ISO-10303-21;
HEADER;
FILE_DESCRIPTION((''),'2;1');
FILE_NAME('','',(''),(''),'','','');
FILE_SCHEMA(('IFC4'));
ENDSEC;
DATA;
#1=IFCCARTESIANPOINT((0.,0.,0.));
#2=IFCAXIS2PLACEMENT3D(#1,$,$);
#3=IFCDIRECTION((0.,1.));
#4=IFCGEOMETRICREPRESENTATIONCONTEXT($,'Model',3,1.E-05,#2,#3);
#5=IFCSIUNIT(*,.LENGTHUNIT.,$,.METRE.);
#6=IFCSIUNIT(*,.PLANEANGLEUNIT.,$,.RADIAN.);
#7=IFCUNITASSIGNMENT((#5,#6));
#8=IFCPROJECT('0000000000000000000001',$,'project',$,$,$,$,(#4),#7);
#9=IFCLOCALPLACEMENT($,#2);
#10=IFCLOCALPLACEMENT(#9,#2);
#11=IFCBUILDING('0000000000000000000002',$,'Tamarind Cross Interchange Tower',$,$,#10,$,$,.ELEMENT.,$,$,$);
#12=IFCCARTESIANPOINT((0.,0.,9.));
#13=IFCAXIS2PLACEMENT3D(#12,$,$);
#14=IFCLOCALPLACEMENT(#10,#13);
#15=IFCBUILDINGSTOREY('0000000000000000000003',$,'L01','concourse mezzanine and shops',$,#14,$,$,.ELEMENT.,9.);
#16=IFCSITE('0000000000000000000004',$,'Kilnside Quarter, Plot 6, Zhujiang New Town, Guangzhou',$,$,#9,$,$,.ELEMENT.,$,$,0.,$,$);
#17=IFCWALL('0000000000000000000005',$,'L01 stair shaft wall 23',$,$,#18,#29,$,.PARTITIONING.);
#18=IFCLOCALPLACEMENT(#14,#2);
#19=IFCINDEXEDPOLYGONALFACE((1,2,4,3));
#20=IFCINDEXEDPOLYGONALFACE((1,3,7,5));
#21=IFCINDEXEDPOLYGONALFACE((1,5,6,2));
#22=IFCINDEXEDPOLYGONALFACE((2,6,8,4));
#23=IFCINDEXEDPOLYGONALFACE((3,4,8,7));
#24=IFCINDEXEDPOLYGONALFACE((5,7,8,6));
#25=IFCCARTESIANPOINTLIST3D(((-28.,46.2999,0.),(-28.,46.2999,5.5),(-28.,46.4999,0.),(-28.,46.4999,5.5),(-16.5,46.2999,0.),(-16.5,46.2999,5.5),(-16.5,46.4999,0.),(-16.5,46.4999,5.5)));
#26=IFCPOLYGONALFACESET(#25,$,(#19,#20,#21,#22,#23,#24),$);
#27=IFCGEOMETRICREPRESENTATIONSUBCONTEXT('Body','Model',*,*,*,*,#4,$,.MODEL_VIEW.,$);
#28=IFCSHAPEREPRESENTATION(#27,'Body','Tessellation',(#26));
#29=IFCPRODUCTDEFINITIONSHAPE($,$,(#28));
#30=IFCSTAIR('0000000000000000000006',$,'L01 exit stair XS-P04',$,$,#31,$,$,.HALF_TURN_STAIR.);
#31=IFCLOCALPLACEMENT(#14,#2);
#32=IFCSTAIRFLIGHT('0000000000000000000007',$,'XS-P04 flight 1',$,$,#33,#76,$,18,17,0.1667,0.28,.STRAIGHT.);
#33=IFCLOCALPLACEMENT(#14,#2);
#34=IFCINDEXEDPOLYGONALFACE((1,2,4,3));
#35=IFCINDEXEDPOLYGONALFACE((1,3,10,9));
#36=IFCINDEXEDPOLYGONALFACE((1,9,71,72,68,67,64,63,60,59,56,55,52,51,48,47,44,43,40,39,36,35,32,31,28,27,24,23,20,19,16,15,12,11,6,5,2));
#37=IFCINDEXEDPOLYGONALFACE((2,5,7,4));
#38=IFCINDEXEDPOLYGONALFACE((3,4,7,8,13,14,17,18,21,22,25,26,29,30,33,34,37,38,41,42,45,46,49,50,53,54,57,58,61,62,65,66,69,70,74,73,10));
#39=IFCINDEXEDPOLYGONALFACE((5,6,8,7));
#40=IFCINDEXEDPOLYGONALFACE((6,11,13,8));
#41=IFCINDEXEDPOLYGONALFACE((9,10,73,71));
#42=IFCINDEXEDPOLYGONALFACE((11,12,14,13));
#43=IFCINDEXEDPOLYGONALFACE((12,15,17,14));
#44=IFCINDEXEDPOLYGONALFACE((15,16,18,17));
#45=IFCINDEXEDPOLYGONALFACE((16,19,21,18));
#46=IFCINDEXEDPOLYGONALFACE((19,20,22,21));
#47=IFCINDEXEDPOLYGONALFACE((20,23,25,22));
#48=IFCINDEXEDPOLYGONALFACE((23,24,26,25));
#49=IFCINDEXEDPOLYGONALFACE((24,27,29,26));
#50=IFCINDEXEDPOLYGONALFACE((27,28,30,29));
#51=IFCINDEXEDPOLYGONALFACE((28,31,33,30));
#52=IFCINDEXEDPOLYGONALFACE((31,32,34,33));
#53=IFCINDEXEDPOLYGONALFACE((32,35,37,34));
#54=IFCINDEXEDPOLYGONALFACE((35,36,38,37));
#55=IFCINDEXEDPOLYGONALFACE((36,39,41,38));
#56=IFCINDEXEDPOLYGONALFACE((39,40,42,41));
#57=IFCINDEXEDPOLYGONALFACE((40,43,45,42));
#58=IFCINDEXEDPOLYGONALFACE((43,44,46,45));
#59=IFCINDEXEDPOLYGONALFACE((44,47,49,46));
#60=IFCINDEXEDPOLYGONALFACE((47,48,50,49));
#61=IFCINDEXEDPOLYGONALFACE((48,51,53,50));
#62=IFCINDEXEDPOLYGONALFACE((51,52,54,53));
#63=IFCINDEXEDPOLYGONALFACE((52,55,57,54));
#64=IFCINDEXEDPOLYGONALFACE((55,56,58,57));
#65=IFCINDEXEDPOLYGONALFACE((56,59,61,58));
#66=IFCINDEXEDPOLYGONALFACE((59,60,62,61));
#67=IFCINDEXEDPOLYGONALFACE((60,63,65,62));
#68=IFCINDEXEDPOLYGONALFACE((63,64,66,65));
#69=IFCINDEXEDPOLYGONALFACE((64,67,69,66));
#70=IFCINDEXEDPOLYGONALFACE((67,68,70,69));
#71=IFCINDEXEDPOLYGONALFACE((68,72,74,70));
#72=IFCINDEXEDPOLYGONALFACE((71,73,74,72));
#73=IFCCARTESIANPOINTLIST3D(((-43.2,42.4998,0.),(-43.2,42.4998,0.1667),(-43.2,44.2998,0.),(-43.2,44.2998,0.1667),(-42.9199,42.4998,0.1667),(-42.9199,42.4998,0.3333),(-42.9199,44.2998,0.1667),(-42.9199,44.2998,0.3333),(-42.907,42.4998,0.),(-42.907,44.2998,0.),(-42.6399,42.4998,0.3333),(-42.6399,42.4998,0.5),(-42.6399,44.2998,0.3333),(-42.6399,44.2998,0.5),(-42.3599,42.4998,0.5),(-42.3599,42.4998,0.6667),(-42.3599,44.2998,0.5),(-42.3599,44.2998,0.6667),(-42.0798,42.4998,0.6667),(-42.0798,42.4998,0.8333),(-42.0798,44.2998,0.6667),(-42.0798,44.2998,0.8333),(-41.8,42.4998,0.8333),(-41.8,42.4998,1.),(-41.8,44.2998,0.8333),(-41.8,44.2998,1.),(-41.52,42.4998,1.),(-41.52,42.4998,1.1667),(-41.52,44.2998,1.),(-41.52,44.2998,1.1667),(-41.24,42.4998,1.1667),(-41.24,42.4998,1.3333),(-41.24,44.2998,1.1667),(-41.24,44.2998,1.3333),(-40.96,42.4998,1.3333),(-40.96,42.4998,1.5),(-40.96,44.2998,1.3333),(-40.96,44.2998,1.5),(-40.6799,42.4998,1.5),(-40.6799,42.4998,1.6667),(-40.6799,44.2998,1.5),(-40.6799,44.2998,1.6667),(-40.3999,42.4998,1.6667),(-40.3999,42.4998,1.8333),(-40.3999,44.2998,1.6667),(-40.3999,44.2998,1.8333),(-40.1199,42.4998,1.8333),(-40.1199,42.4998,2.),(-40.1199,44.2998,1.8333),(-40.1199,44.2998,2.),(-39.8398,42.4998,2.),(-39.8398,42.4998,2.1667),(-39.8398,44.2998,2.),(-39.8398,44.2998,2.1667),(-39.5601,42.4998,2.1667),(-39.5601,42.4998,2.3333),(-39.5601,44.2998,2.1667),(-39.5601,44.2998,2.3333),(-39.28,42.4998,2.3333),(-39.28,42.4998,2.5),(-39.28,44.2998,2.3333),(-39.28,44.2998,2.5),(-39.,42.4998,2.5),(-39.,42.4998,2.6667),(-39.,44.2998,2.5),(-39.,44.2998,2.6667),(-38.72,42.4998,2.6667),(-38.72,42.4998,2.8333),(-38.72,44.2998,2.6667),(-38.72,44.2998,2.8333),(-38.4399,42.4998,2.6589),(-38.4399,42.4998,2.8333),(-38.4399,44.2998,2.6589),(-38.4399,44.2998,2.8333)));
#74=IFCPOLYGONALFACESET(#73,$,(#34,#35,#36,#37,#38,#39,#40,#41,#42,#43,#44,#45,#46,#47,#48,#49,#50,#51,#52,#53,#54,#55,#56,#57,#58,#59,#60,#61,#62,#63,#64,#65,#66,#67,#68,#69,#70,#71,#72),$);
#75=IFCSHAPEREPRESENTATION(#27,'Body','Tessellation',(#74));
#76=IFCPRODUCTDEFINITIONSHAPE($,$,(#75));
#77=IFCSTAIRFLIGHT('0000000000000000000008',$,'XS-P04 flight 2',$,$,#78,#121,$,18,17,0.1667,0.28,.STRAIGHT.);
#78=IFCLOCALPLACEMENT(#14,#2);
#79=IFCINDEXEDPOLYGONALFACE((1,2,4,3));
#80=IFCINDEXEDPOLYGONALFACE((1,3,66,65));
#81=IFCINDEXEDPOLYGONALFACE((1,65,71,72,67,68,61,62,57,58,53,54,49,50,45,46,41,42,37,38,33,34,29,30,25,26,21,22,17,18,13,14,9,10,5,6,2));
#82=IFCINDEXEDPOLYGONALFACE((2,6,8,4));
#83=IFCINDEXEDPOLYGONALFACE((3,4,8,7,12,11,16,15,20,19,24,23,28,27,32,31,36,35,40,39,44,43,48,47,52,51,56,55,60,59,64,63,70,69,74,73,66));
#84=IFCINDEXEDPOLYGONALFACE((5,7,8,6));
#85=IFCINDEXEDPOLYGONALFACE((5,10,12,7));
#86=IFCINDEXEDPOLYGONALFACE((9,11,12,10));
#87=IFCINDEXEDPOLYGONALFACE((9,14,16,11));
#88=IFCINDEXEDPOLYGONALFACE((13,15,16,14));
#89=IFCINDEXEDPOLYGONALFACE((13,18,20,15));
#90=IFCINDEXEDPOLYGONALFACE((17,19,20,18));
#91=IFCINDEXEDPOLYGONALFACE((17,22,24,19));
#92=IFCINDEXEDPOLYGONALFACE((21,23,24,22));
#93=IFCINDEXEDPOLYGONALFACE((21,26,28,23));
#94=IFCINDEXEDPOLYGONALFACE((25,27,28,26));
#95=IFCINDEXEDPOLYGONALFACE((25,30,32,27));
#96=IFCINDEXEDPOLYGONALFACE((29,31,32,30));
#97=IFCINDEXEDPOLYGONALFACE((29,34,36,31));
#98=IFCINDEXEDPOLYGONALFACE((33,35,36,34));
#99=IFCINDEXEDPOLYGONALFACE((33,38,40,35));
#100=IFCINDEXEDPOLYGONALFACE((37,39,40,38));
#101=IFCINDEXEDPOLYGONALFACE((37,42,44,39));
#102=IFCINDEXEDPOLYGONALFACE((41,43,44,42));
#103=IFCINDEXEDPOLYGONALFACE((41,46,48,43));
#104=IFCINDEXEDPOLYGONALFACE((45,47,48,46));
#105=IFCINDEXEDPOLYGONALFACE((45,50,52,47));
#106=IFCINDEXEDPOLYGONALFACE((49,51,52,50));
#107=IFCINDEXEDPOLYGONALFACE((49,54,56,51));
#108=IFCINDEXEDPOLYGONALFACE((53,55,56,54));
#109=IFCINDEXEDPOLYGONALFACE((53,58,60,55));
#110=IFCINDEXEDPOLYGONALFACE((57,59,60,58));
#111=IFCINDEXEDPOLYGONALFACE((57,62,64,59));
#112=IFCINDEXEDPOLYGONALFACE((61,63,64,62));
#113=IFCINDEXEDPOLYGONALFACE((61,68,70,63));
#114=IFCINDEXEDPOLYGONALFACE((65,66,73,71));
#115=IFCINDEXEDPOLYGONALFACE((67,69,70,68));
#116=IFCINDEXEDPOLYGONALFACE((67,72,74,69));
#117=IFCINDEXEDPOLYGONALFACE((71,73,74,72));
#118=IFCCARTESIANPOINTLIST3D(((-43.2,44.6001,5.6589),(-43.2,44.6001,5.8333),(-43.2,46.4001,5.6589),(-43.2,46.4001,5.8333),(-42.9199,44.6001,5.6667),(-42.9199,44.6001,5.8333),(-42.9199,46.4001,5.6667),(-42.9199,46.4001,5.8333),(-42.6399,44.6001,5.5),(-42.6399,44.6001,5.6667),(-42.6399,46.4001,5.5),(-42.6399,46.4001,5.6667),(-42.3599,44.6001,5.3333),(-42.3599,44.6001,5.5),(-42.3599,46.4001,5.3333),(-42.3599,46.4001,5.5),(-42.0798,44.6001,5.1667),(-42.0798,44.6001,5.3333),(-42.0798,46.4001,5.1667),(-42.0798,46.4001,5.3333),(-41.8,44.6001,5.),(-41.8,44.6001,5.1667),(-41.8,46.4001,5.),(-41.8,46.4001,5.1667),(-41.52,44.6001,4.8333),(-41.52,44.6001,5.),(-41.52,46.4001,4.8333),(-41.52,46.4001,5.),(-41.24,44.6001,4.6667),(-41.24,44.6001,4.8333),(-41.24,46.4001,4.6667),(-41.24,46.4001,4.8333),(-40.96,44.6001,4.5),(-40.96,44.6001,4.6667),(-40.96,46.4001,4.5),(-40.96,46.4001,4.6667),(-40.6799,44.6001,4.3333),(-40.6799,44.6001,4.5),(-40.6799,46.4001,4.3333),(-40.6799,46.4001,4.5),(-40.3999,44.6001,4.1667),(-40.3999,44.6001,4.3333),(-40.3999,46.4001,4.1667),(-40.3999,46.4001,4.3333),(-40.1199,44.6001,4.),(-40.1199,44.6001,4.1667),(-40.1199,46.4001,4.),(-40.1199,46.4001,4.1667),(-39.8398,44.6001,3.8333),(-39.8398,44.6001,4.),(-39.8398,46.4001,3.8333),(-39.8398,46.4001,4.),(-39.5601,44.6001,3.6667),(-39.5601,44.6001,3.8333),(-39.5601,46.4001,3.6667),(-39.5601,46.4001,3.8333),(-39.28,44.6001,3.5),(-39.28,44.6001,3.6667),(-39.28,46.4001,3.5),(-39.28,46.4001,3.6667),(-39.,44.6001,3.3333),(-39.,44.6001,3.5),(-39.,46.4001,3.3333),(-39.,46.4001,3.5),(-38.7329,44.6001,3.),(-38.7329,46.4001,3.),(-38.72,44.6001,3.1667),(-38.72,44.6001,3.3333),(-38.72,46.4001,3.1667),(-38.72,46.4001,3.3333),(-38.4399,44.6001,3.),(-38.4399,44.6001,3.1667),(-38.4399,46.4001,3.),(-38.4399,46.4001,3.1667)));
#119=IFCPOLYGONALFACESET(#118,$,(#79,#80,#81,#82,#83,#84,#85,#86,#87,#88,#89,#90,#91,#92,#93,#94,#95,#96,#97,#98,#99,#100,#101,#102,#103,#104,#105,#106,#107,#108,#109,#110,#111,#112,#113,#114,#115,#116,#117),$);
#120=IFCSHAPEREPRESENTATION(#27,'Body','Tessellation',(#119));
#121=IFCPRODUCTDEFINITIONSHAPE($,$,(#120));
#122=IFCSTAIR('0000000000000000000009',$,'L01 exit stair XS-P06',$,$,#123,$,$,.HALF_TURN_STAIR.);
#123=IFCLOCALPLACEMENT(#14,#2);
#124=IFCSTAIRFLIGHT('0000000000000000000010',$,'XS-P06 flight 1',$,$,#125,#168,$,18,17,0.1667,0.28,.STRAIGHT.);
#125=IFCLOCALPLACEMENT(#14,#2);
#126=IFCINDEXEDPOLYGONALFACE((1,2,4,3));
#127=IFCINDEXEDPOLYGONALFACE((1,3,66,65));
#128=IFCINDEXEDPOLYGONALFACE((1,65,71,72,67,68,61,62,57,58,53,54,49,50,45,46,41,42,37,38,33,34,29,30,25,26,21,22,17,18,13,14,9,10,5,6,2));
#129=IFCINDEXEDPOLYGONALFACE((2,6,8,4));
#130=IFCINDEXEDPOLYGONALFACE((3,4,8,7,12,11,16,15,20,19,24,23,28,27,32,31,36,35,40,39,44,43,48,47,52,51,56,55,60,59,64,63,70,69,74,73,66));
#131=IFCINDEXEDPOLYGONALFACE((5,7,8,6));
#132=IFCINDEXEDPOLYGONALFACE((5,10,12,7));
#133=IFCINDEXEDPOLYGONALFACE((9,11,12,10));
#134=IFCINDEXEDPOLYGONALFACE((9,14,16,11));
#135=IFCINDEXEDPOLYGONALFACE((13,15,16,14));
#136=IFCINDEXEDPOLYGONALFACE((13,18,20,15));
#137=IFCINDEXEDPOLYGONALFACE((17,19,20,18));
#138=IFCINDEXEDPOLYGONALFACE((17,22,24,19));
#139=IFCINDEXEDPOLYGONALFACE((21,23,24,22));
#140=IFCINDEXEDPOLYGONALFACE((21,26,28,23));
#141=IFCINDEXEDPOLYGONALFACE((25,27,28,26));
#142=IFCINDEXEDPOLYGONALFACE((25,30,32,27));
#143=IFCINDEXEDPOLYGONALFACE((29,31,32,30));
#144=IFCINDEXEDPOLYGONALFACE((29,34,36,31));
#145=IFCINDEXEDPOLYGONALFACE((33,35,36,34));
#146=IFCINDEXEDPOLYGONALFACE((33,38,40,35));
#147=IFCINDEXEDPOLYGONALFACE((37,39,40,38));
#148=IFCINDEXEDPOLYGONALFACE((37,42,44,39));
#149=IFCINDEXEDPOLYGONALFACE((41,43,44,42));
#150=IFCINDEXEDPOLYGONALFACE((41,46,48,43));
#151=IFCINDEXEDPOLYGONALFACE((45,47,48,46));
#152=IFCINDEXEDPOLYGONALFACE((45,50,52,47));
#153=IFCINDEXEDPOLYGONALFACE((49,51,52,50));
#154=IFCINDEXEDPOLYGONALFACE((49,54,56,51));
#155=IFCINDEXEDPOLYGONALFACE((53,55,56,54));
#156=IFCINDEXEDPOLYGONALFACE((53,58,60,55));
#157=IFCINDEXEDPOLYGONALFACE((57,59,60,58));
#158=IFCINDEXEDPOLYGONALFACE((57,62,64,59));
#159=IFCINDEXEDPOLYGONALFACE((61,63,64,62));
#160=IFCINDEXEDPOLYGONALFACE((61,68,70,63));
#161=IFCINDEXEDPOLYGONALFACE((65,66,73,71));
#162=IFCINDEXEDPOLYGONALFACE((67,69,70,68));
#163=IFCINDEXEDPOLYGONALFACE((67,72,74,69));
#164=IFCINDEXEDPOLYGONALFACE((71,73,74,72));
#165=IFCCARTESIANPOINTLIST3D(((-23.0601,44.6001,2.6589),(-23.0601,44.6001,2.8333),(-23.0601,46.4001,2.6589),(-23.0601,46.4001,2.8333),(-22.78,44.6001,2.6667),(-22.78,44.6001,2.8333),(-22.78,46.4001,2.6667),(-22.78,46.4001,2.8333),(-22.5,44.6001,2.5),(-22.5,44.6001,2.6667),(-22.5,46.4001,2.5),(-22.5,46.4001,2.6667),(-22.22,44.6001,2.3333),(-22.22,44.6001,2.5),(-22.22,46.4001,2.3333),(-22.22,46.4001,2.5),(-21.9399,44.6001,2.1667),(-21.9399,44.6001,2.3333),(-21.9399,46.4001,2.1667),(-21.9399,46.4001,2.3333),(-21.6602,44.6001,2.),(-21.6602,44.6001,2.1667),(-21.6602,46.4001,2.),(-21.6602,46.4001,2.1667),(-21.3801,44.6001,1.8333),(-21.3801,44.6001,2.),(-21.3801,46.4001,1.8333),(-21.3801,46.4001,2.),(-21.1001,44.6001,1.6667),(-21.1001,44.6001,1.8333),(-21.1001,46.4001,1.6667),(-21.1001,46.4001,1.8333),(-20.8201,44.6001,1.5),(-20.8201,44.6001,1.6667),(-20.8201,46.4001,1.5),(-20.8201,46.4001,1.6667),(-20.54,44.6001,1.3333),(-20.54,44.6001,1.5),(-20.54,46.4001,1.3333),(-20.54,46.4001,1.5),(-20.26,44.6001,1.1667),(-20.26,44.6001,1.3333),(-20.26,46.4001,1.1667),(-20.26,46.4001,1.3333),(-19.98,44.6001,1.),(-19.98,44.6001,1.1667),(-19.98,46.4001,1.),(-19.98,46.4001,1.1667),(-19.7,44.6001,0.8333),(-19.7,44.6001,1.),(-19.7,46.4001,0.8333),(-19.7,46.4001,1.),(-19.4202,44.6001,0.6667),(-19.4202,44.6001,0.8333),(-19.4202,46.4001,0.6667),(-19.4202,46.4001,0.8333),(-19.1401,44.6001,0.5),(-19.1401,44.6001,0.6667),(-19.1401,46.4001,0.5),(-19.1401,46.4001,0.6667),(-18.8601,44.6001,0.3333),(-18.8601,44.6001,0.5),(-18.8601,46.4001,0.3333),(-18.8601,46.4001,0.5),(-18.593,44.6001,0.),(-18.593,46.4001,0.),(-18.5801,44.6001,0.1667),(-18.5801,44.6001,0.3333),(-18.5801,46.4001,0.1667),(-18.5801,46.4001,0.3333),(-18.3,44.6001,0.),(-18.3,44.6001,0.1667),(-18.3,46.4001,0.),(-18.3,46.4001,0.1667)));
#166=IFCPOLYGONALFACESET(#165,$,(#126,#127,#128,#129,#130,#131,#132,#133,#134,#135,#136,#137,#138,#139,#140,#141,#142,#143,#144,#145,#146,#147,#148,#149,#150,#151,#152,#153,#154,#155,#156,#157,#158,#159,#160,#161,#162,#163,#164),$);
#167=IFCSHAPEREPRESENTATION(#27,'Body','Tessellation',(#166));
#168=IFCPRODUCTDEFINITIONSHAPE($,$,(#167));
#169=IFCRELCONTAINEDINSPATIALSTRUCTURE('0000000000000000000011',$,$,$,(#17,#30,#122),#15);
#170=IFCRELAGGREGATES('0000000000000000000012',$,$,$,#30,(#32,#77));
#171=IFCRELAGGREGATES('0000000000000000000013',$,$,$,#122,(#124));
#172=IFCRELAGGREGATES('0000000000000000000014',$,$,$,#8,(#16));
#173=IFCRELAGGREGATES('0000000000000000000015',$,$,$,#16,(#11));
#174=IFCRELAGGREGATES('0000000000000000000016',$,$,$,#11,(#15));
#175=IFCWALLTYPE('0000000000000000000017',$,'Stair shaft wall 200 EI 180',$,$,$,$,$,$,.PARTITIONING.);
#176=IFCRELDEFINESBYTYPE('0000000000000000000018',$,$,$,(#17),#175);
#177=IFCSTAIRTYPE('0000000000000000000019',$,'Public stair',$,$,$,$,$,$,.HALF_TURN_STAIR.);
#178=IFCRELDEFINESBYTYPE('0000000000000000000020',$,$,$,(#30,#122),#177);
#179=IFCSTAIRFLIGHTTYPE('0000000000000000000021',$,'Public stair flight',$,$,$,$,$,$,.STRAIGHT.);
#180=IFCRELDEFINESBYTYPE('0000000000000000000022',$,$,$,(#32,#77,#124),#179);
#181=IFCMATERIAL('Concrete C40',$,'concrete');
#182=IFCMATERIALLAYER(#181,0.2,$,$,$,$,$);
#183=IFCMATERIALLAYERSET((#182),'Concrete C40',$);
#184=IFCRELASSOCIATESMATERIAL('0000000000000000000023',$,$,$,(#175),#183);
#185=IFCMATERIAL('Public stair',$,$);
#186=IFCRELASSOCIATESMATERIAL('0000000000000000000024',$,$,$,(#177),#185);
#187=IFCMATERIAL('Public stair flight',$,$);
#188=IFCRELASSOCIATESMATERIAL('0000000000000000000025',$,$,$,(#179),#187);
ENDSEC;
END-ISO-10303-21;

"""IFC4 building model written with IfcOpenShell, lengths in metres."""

from ifc_helpers import new_model, si_unit, direction, frame, frame_2d, origin, place, context, subcontext, project, spatial, polyline, rectangle, outline, extrude, material, layer, layer_set, type_object, element, aggregate, save


model = new_model("IFC4")

# Units and contexts
model_context = context("Model", 3, precision=1e-05, world=origin(), true_north=direction((0.0, 1.0)))
body_context = subcontext(model_context, "Body", "Model", "MODEL_VIEW")
ifc_project = project(units=[si_unit("LENGTHUNIT", "METRE"), si_unit("PLANEANGLEUNIT", "RADIAN")], contexts=[model_context])

# Site, building, storey
site_placement = place(None, origin())
site = spatial("IfcSite", under=ifc_project, at=site_placement, Name="Kilnside Quarter, Plot 6, Zhujiang New Town, Guangzhou", CompositionType="ELEMENT", RefElevation=0.0)
building_placement = place(site_placement, origin())
building = spatial("IfcBuilding", under=site, at=building_placement, Name="Tamarind Cross Interchange Tower", CompositionType="ELEMENT")
storey_placement = place(building_placement, frame((0.0, 0.0, 9.0)))
storey = spatial("IfcBuildingStorey", under=building, at=storey_placement, Name="L01", Description="concourse mezzanine and shops", CompositionType="ELEMENT", Elevation=9.0)

# Wall
ifc_material_1 = material(Name="Concrete C40", Category="concrete")
ifc_layer_1 = layer(ifc_material_1, 0.2)
ifc_layer_set_1 = layer_set([ifc_layer_1], Name="Concrete C40")
wall_type_1 = type_object("IfcWallType", Name="Stair shaft wall 200 EI 180", PredefinedType="PARTITIONING", material=ifc_layer_set_1)
wall_1_placement = place(storey_placement, frame((-28.0, 46.3999, 0.0), z_axis=(0.0, 0.0, 1.0), x_axis=(1.0, 0.0, 0.0)))
element("IfcWall", 1, at=wall_1_placement, inside=storey, type_object=wall_type_1, Name="L01 stair shaft wall 23", PredefinedType="PARTITIONING", context=body_context, shape_type="SweptSolid", body=[
    extrude(rectangle(XDim=11.5, YDim=0.2, at=frame_2d((5.75, 0.0))), origin(), (0.0, 0.0, 1.0), 5.5),
])

# Stairs, stair flights
ifc_material_2 = material(Name="Public stair")
stair_type = type_object("IfcStairType", Name="Public stair", PredefinedType="HALF_TURN_STAIR", material=ifc_material_2)
stair_1_placement = place(storey_placement, origin())
stair_1 = element("IfcStair", 2, at=stair_1_placement, inside=storey, type_object=stair_type, Name="L01 exit stair XS-P04", PredefinedType="HALF_TURN_STAIR")
ifc_material_3 = material(Name="Public stair flight")
stair_flight_type = type_object("IfcStairFlightType", Name="Public stair flight", PredefinedType="STRAIGHT", material=ifc_material_3)
stair_flight_1_placement = place(storey_placement, frame((-43.2, 43.3999, 0.0), z_axis=(0.0, 0.0, 1.0), x_axis=(1.0, 0.0, 0.0)))
stair_flight_1 = element("IfcStairFlight", 3, at=stair_flight_1_placement, type_object=stair_flight_type, Name="XS-P04 flight 1", NumberOfRisers=18, NumberOfTreads=17, PredefinedType="STRAIGHT", RiserHeight=0.1667, TreadLength=0.28, context=body_context, shape_type="SweptSolid", body=[
    extrude(outline(polyline([(0.0, 0.0), (0.0, 0.1667), (0.28, 0.1667), (0.28, 0.3333), (0.5601, 0.3333), (0.5601, 0.5), (0.8401, 0.5), (0.8401, 0.6667), (1.1201, 0.6667), (1.1201, 0.8333), (1.3999, 0.8333), (1.3999, 1.0), (1.6799, 1.0), (1.6799, 1.1667), (1.96, 1.1667), (1.96, 1.3333), (2.24, 1.3333), (2.24, 1.5), (2.52, 1.5), (2.52, 1.6667), (2.8, 1.6667), (2.8, 1.8333), (3.0801, 1.8333), (3.0801, 2.0), (3.3601, 2.0), (3.3601, 2.1667), (3.6399, 2.1667), (3.6399, 2.3333), (3.9199, 2.3333), (3.9199, 2.5), (4.2, 2.5), (4.2, 2.6667), (4.48, 2.6667), (4.48, 2.8333), (4.76, 2.8333), (4.76, 3.0), (4.76, 2.6589), (0.293, 0.0), (0.0, 0.0)])), frame((0.0, 0.8999, 0.0), z_axis=(0.0, -1.0, 0.0), x_axis=(1.0, 0.0, 0.0)), (0.0, 0.0, 1.0), 1.8),
])
stair_flight_2_placement = place(storey_placement, frame((-38.4399, 45.5, 3.0), z_axis=(0.0, 0.0, 1.0), x_axis=(-1.0, 0.0, 0.0)))
stair_flight_2 = element("IfcStairFlight", 4, at=stair_flight_2_placement, type_object=stair_flight_type, Name="XS-P04 flight 2", NumberOfRisers=18, NumberOfTreads=17, PredefinedType="STRAIGHT", RiserHeight=0.1667, TreadLength=0.28, context=body_context, shape_type="SweptSolid", body=[
    extrude(outline(polyline([(0.0, 0.0), (0.0, 0.1667), (0.28, 0.1667), (0.28, 0.3333), (0.5601, 0.3333), (0.5601, 0.5), (0.8401, 0.5), (0.8401, 0.6667), (1.1201, 0.6667), (1.1201, 0.8333), (1.3999, 0.8333), (1.3999, 1.0), (1.6799, 1.0), (1.6799, 1.1667), (1.96, 1.1667), (1.96, 1.3333), (2.24, 1.3333), (2.24, 1.5), (2.52, 1.5), (2.52, 1.6667), (2.8, 1.6667), (2.8, 1.8333), (3.0801, 1.8333), (3.0801, 2.0), (3.3601, 2.0), (3.3601, 2.1667), (3.6399, 2.1667), (3.6399, 2.3333), (3.9199, 2.3333), (3.9199, 2.5), (4.2, 2.5), (4.2, 2.6667), (4.48, 2.6667), (4.48, 2.8333), (4.76, 2.8333), (4.76, 3.0), (4.76, 2.6589), (0.293, 0.0), (0.0, 0.0)])), frame((0.0, 0.8999, 0.0), z_axis=(0.0, -1.0, 0.0), x_axis=(1.0, 0.0, 0.0)), (0.0, 0.0, 1.0), 1.8),
])
aggregate(stair_1, [stair_flight_1, stair_flight_2])
stair_2_placement = place(storey_placement, origin())
stair_2 = element("IfcStair", 5, at=stair_2_placement, inside=storey, type_object=stair_type, Name="L01 exit stair XS-P06", PredefinedType="HALF_TURN_STAIR")
stair_flight_3_placement = place(storey_placement, frame((-18.3, 45.5, 0.0), z_axis=(0.0, 0.0, 1.0), x_axis=(-1.0, 0.0, 0.0)))
stair_flight_3 = element("IfcStairFlight", 6, at=stair_flight_3_placement, type_object=stair_flight_type, Name="XS-P06 flight 1", NumberOfRisers=18, NumberOfTreads=17, PredefinedType="STRAIGHT", RiserHeight=0.1667, TreadLength=0.28, context=body_context, shape_type="SweptSolid", body=[
    extrude(outline(polyline([(0.0, 0.0), (0.0, 0.1667), (0.28, 0.1667), (0.28, 0.3333), (0.5601, 0.3333), (0.5601, 0.5), (0.8401, 0.5), (0.8401, 0.6667), (1.1201, 0.6667), (1.1201, 0.8333), (1.3999, 0.8333), (1.3999, 1.0), (1.6799, 1.0), (1.6799, 1.1667), (1.96, 1.1667), (1.96, 1.3333), (2.24, 1.3333), (2.24, 1.5), (2.52, 1.5), (2.52, 1.6667), (2.8, 1.6667), (2.8, 1.8333), (3.0801, 1.8333), (3.0801, 2.0), (3.3601, 2.0), (3.3601, 2.1667), (3.6399, 2.1667), (3.6399, 2.3333), (3.9199, 2.3333), (3.9199, 2.5), (4.2, 2.5), (4.2, 2.6667), (4.48, 2.6667), (4.48, 2.8333), (4.76, 2.8333), (4.76, 3.0), (4.76, 2.6589), (0.293, 0.0), (0.0, 0.0)])), frame((0.0, 0.8999, 0.0), z_axis=(0.0, -1.0, 0.0), x_axis=(1.0, 0.0, 0.0)), (0.0, 0.0, 1.0), 1.8),
])
aggregate(stair_2, [stair_flight_3])

save(model, "model.ifc")
